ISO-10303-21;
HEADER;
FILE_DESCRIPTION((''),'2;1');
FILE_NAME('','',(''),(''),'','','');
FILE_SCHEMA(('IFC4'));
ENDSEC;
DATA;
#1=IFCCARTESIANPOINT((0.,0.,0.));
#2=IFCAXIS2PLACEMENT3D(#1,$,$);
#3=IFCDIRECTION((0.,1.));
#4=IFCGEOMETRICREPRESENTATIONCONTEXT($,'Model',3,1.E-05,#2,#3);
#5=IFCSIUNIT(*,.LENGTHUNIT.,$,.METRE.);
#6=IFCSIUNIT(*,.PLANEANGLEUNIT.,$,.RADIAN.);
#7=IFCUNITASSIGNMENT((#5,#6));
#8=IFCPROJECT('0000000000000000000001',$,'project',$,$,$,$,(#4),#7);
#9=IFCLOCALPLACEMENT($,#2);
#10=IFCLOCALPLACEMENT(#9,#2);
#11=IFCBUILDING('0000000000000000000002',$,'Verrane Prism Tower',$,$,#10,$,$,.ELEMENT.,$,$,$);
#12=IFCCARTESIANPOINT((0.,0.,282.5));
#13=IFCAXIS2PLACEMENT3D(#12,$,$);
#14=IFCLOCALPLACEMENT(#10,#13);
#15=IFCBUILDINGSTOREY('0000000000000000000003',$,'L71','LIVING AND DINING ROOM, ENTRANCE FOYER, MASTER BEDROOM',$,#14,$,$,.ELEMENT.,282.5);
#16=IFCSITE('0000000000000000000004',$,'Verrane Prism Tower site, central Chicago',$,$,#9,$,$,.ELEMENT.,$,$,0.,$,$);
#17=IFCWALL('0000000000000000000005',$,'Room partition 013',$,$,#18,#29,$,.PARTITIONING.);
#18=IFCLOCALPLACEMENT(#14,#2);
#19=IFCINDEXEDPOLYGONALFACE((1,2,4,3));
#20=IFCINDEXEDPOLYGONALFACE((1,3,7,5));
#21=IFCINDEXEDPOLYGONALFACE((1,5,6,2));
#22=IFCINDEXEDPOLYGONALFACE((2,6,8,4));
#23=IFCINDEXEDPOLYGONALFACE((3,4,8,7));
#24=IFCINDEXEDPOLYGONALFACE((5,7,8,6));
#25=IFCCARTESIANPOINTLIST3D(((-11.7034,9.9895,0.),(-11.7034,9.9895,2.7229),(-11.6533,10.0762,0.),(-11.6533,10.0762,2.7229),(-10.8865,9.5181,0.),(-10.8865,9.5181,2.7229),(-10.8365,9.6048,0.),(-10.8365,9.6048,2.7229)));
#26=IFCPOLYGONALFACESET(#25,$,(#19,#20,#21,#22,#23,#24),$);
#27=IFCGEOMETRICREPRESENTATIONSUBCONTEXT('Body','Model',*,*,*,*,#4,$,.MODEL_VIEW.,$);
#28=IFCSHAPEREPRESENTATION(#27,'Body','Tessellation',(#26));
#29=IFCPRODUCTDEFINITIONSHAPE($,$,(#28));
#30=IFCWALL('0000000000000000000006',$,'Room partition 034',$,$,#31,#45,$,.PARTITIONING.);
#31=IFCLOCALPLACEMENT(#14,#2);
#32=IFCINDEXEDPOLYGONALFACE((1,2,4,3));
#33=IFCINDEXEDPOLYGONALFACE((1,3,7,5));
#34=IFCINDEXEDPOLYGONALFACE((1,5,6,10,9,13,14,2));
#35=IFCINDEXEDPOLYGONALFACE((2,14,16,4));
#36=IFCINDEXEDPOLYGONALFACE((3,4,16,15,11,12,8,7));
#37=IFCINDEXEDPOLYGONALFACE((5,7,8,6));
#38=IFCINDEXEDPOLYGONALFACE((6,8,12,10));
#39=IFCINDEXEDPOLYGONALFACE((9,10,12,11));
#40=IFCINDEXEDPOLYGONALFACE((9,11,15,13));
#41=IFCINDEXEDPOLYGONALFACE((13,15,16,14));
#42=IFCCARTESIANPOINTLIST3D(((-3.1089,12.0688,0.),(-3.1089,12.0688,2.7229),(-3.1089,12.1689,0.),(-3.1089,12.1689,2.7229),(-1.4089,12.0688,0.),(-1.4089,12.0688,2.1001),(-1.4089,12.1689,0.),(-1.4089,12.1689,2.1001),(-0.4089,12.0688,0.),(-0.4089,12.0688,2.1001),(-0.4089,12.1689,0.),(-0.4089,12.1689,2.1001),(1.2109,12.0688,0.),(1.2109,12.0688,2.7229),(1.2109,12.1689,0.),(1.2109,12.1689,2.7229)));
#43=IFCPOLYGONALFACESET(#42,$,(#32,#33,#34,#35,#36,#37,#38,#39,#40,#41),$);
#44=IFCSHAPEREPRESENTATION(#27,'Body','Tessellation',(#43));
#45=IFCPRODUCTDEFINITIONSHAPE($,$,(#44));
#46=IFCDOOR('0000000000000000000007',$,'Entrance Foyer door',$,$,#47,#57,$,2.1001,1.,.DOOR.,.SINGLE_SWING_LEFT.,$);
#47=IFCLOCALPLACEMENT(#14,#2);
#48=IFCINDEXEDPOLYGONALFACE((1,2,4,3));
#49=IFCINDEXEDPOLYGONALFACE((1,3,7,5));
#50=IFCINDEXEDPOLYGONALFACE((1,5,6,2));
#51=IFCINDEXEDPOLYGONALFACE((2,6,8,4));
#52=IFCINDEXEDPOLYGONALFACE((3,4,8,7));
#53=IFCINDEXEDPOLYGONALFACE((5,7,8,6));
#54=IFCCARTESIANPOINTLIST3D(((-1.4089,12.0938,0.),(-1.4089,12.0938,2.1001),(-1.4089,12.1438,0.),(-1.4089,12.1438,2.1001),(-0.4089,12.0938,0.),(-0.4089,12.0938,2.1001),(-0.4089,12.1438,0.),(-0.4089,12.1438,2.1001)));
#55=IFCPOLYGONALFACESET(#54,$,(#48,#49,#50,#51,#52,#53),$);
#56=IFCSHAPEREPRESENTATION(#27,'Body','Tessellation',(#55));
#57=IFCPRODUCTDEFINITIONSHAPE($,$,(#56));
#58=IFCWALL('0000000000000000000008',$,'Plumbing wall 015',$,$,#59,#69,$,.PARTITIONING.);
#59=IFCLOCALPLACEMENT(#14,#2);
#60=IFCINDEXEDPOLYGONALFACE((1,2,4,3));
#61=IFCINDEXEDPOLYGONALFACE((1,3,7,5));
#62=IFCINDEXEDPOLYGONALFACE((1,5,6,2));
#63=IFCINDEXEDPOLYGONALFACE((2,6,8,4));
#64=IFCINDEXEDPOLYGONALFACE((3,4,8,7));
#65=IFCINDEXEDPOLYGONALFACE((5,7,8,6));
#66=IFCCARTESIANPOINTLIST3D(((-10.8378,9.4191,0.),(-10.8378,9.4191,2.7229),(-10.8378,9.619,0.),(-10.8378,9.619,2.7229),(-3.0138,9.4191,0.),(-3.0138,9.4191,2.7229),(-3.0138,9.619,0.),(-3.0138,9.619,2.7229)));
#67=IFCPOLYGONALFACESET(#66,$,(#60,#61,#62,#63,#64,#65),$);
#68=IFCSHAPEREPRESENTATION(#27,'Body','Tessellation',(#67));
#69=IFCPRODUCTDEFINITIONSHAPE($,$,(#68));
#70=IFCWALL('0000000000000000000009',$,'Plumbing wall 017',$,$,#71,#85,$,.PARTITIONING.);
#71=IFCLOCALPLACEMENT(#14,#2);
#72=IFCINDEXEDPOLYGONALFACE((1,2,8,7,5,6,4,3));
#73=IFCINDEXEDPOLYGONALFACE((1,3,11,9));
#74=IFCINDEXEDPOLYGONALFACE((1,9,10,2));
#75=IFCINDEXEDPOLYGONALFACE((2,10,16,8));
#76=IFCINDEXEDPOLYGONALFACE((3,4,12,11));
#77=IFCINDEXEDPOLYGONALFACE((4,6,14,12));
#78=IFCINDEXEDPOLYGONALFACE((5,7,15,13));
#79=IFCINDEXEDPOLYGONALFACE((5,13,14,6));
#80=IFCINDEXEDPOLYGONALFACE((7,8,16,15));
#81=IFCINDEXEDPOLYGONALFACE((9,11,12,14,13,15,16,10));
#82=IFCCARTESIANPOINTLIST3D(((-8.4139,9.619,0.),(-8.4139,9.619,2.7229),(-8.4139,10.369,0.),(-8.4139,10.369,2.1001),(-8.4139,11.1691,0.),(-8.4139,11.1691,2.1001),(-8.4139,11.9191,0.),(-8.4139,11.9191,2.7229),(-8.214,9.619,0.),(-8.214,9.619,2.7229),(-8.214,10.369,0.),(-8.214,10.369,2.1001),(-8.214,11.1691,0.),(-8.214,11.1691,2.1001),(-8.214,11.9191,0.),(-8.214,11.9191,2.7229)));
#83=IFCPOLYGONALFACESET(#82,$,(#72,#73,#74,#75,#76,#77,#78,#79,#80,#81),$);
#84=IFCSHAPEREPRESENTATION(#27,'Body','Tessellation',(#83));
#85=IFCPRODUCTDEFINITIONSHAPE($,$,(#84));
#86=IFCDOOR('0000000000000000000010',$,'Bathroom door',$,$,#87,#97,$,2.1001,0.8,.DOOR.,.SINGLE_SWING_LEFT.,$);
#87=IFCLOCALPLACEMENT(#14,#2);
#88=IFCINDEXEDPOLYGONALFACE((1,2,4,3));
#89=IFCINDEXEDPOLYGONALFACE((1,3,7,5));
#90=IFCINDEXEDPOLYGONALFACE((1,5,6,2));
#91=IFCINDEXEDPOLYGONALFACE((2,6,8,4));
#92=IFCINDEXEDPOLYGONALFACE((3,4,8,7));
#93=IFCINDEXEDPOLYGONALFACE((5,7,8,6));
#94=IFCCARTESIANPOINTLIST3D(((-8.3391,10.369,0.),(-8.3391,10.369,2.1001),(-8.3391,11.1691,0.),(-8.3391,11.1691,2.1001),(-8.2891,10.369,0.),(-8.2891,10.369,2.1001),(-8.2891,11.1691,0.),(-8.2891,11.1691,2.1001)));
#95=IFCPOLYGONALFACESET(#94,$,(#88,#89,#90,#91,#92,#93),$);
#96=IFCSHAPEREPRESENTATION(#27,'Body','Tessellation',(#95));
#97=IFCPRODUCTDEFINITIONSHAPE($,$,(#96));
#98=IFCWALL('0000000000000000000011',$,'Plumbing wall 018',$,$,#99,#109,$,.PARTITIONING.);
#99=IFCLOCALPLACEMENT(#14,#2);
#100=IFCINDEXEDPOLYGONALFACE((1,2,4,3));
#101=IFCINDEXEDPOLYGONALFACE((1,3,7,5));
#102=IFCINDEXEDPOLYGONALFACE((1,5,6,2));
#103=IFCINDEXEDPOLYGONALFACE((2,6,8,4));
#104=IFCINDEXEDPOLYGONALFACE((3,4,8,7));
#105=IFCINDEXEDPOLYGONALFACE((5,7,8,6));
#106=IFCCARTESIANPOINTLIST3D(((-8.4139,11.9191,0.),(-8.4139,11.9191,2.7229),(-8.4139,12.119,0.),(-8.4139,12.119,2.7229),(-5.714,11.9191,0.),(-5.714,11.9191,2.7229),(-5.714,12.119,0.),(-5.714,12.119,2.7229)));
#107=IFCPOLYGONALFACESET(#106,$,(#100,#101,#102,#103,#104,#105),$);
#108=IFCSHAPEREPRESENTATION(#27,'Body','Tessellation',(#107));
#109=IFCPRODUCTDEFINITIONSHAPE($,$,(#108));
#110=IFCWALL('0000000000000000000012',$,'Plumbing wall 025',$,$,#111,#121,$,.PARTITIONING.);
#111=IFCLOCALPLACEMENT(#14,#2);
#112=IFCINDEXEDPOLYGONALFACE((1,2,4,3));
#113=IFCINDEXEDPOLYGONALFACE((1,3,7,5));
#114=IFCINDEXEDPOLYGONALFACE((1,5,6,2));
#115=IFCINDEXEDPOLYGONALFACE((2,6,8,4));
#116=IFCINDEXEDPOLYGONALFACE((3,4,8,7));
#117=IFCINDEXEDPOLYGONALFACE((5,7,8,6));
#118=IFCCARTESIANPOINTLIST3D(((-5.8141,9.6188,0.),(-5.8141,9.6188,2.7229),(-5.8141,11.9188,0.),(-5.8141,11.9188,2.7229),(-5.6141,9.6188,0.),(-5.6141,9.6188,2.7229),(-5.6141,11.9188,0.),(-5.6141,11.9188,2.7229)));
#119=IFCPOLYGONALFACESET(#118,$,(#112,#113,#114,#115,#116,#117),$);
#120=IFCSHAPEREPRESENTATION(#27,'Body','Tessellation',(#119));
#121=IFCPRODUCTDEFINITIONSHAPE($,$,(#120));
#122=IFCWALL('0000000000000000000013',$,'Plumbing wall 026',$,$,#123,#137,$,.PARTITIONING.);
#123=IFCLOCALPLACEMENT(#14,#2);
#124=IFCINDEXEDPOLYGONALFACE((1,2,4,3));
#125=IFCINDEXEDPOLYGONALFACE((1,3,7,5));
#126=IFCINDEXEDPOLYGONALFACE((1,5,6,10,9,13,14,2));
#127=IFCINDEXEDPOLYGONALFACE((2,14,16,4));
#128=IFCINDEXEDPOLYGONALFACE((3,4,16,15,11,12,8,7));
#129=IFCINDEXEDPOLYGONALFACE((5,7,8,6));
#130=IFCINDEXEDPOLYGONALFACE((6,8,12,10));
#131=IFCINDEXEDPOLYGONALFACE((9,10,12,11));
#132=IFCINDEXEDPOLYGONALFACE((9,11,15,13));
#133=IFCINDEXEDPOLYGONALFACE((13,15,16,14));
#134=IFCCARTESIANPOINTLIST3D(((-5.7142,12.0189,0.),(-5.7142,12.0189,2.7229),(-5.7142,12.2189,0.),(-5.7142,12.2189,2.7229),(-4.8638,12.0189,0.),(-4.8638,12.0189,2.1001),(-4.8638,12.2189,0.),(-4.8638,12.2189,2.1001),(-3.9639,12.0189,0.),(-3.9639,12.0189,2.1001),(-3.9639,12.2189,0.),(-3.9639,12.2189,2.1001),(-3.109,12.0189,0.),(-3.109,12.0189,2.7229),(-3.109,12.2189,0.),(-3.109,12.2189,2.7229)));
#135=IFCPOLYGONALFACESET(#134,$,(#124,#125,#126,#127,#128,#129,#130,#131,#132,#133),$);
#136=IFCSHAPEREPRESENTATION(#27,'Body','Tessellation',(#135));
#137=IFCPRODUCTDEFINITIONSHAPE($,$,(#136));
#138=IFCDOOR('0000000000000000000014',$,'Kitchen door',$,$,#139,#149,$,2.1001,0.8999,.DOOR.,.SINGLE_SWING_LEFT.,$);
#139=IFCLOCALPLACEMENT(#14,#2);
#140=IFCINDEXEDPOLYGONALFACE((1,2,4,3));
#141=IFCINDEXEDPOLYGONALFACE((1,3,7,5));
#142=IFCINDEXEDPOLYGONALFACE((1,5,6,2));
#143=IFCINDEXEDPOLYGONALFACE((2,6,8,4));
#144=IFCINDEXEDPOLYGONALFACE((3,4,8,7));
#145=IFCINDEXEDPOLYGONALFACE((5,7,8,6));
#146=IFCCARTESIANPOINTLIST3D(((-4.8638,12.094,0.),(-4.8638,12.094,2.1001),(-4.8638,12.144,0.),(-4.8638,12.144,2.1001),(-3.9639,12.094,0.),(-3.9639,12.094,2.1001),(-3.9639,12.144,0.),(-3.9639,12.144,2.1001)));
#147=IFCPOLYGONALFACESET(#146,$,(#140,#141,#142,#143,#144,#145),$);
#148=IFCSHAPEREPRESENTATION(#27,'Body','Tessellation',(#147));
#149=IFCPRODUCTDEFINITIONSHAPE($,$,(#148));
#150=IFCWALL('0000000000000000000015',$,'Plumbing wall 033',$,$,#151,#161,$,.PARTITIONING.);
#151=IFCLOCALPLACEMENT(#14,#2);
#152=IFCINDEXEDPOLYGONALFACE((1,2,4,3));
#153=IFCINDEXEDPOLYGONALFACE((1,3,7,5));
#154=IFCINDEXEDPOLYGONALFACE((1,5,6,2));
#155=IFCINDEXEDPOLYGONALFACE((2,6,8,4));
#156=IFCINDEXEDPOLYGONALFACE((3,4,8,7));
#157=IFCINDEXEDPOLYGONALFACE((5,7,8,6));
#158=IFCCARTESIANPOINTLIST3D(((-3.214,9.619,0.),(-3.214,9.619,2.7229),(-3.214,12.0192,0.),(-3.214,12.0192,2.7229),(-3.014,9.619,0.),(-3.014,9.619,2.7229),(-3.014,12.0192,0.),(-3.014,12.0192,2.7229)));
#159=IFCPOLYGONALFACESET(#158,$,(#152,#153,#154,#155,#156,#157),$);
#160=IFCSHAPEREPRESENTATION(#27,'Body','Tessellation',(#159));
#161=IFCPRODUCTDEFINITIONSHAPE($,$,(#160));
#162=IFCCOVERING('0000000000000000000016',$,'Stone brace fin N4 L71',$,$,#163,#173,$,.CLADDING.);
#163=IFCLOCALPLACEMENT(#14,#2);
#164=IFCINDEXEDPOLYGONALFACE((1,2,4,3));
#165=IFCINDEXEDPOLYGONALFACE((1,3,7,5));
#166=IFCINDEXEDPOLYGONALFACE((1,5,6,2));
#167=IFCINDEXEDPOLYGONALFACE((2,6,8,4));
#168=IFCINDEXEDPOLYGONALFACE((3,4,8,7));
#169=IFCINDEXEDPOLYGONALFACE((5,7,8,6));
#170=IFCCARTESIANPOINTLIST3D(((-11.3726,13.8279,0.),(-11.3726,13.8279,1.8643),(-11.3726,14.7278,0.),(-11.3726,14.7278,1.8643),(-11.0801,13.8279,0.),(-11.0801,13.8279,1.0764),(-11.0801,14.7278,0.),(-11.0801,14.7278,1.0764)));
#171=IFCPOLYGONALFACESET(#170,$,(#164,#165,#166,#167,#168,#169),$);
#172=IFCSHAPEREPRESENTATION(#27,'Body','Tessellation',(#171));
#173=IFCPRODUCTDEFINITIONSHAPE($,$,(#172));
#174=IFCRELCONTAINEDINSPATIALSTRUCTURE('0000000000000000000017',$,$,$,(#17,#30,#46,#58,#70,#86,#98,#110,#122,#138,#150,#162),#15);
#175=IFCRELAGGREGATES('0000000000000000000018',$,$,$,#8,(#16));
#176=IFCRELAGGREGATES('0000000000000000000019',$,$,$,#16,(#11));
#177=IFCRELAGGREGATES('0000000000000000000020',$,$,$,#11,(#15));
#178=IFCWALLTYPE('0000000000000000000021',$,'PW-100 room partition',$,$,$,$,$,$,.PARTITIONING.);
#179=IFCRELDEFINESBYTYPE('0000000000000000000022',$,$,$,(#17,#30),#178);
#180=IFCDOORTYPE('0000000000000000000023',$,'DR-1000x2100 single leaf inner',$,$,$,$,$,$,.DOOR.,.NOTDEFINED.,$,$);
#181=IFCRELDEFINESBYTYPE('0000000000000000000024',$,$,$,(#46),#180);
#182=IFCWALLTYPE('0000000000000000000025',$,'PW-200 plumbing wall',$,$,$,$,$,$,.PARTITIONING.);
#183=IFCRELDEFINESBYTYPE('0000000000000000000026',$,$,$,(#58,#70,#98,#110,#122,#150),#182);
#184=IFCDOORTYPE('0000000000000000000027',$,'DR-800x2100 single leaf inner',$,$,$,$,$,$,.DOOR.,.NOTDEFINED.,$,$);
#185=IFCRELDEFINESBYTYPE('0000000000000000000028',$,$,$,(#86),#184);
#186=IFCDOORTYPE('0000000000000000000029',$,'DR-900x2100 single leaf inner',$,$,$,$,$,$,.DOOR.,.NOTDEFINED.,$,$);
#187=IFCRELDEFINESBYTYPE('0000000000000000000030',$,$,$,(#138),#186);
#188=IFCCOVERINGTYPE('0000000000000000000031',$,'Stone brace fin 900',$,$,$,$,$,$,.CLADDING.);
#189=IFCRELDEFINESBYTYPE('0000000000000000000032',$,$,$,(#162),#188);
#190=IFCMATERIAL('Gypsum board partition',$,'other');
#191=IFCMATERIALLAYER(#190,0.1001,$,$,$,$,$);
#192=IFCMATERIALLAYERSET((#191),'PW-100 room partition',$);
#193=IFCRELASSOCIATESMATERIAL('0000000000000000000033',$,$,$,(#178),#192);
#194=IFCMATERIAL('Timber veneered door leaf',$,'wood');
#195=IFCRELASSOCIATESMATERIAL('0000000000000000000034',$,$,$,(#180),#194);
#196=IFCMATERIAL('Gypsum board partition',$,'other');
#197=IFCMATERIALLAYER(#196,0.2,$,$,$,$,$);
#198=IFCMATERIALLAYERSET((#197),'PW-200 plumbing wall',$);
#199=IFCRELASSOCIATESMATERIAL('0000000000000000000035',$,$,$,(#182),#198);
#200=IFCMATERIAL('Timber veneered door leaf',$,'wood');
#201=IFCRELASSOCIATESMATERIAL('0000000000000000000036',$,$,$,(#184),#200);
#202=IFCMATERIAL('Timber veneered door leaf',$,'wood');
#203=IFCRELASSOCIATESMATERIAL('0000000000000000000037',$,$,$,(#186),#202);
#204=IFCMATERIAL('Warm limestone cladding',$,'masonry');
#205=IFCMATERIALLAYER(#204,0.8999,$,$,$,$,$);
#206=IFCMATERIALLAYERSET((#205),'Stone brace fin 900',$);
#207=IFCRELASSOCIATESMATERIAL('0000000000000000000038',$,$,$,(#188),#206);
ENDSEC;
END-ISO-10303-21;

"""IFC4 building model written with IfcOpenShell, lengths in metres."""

from ifc_helpers import new_model, si_unit, direction, frame, frame_2d, origin, place, context, subcontext, project, spatial, polyline, rectangle, outline, extrude, material, layer, layer_set, type_object, element, fill, save


model = new_model("IFC4")

# Units and contexts
model_context = context("Model", 3, precision=1e-05, world=origin(), true_north=direction((0.0, 1.0)))
body_context = subcontext(model_context, "Body", "Model", "MODEL_VIEW")
ifc_project = project(units=[si_unit("LENGTHUNIT", "METRE"), si_unit("PLANEANGLEUNIT", "RADIAN")], contexts=[model_context])

# Site, building, storey
site_placement = place(None, origin())
site = spatial("IfcSite", under=ifc_project, at=site_placement, Name="Verrane Prism Tower site, central Chicago", CompositionType="ELEMENT", RefElevation=0.0)
building_placement = place(site_placement, origin())
building = spatial("IfcBuilding", under=site, at=building_placement, Name="Verrane Prism Tower", CompositionType="ELEMENT")
storey_placement = place(building_placement, frame((0.0, 0.0, 282.5)))
storey = spatial("IfcBuildingStorey", under=building, at=storey_placement, Name="L71", Description="LIVING AND DINING ROOM, ENTRANCE FOYER, MASTER BEDROOM", CompositionType="ELEMENT", Elevation=282.5)

# Wall
ifc_material_1 = material(Name="Gypsum board partition", Category="other")
ifc_layer_1 = layer(ifc_material_1, 0.1001)
ifc_layer_set_1 = layer_set([ifc_layer_1], Name="PW-100 room partition")
wall_type_1 = type_object("IfcWallType", Name="PW-100 room partition", PredefinedType="PARTITIONING", material=ifc_layer_set_1)
wall_1_placement = place(storey_placement, frame((-11.6785, 10.033, 0.0), z_axis=(0.0, 0.0, 1.0), x_axis=(0.866117, -0.499842, 0.0)))
element("IfcWall", 1, at=wall_1_placement, inside=storey, type_object=wall_type_1, Name="Room partition 013", PredefinedType="PARTITIONING", context=body_context, shape_type="SweptSolid", body=[
    extrude(rectangle(XDim=0.9431, YDim=0.1001, at=frame_2d((0.4717, 0.0))), origin(), (0.0, 0.0, 1.0), 2.7229),
])

# Wall, opening, door
wall_2_placement = place(storey_placement, frame((-3.1089, 12.1189, 0.0), z_axis=(0.0, 0.0, 1.0), x_axis=(1.0, 0.0, 0.0)))
wall_2 = element("IfcWall", 2, at=wall_2_placement, inside=storey, type_object=wall_type_1, Name="Room partition 034", PredefinedType="PARTITIONING", context=body_context, shape_type="SweptSolid", body=[
    extrude(rectangle(XDim=4.3198, YDim=0.1001, at=frame_2d((2.1599, 0.0))), origin(), (0.0, 0.0, 1.0), 2.7229),
])
opening_1_placement = place(wall_2_placement, frame((1.7, 0.0, 0.0)))
opening_1 = element("IfcOpeningElement", 3, at=opening_1_placement, cuts=wall_2, PredefinedType="OPENING", context=body_context, shape_type="SweptSolid", body=[
    extrude(rectangle(XDim=1.0, YDim=2.1001, at=frame_2d((0.5, 1.05))), frame((0.0, 0.0601, 0.0), z_axis=(0.0, -1.0, 0.0), x_axis=(1.0, 0.0, 0.0)), (0.0, 0.0, 1.0), 0.1201),
])
ifc_material_2 = material(Name="Timber veneered door leaf", Category="wood")
door_type_1 = type_object("IfcDoorType", Name="DR-1000x2100 single leaf inner", OperationType="NOTDEFINED", PredefinedType="DOOR", material=ifc_material_2)
door_1_placement = place(opening_1_placement, origin())
door_1 = element("IfcDoor", 4, at=door_1_placement, inside=storey, type_object=door_type_1, Name="Entrance Foyer door", OperationType="SINGLE_SWING_LEFT", OverallHeight=2.1001, OverallWidth=1.0, PredefinedType="DOOR", context=body_context, shape_type="SweptSolid", body=[
    extrude(rectangle(XDim=1.0, YDim=2.1001, at=frame_2d((0.5, 1.05))), frame((0.0, 0.0249, 0.0), z_axis=(0.0, -1.0, 0.0), x_axis=(1.0, 0.0, 0.0)), (0.0, 0.0, 1.0), 0.05),
])
fill(opening_1, door_1)

# Wall
ifc_material_3 = material(Name="Gypsum board partition", Category="other")
ifc_layer_2 = layer(ifc_material_3, 0.2)
ifc_layer_set_2 = layer_set([ifc_layer_2], Name="PW-200 plumbing wall")
wall_type_2 = type_object("IfcWallType", Name="PW-200 plumbing wall", PredefinedType="PARTITIONING", material=ifc_layer_set_2)
wall_3_placement = place(storey_placement, frame((-10.8379, 9.519, 0.0), z_axis=(0.0, 0.0, 1.0), x_axis=(1.0, 0.0, 0.0)))
element("IfcWall", 5, at=wall_3_placement, inside=storey, type_object=wall_type_2, Name="Plumbing wall 015", PredefinedType="PARTITIONING", context=body_context, shape_type="SweptSolid", body=[
    extrude(rectangle(XDim=7.824, YDim=0.2, at=frame_2d((3.9121, 0.0))), origin(), (0.0, 0.0, 1.0), 2.7229),
])

# Wall, opening, door
wall_4_placement = place(storey_placement, frame((-8.314, 11.9189, 0.0), z_axis=(0.0, 0.0, 1.0), x_axis=(0.0, -1.0, 0.0)))
wall_4 = element("IfcWall", 6, at=wall_4_placement, inside=storey, type_object=wall_type_2, Name="Plumbing wall 017", PredefinedType="PARTITIONING", context=body_context, shape_type="SweptSolid", body=[
    extrude(rectangle(XDim=2.3, YDim=0.2, at=frame_2d((1.1499, 0.0))), origin(), (0.0, 0.0, 1.0), 2.7229),
])
opening_2_placement = place(wall_4_placement, frame((0.75, 0.0, 0.0)))
opening_2 = element("IfcOpeningElement", 7, at=opening_2_placement, cuts=wall_4, PredefinedType="OPENING", context=body_context, shape_type="SweptSolid", body=[
    extrude(rectangle(XDim=0.8, YDim=2.1001, at=frame_2d((0.3999, 1.05))), frame((0.0, 0.1099, 0.0), z_axis=(0.0, -1.0, 0.0), x_axis=(1.0, 0.0, 0.0)), (0.0, 0.0, 1.0), 0.22),
])
ifc_material_4 = material(Name="Timber veneered door leaf", Category="wood")
door_type_2 = type_object("IfcDoorType", Name="DR-800x2100 single leaf inner", OperationType="NOTDEFINED", PredefinedType="DOOR", material=ifc_material_4)
door_2_placement = place(opening_2_placement, origin())
door_2 = element("IfcDoor", 8, at=door_2_placement, inside=storey, type_object=door_type_2, Name="Bathroom door", OperationType="SINGLE_SWING_LEFT", OverallHeight=2.1001, OverallWidth=0.8, PredefinedType="DOOR", context=body_context, shape_type="SweptSolid", body=[
    extrude(rectangle(XDim=0.8, YDim=2.1001, at=frame_2d((0.3999, 1.05))), frame((0.0, 0.0249, 0.0), z_axis=(0.0, -1.0, 0.0), x_axis=(1.0, 0.0, 0.0)), (0.0, 0.0, 1.0), 0.05),
])
fill(opening_2, door_2)

# Walls
wall_5_placement = place(storey_placement, frame((-8.4141, 12.019, 0.0), z_axis=(0.0, 0.0, 1.0), x_axis=(1.0, 0.0, 0.0)))
element("IfcWall", 9, at=wall_5_placement, inside=storey, type_object=wall_type_2, Name="Plumbing wall 018", PredefinedType="PARTITIONING", context=body_context, shape_type="SweptSolid", body=[
    extrude(rectangle(XDim=2.7, YDim=0.2, at=frame_2d((1.3501, 0.0))), origin(), (0.0, 0.0, 1.0), 2.7229),
])
wall_6_placement = place(storey_placement, frame((-5.7141, 9.6189, 0.0), z_axis=(0.0, 0.0, 1.0), x_axis=(0.0, 1.0, 0.0)))
element("IfcWall", 10, at=wall_6_placement, inside=storey, type_object=wall_type_2, Name="Plumbing wall 025", PredefinedType="PARTITIONING", context=body_context, shape_type="SweptSolid", body=[
    extrude(rectangle(XDim=2.3, YDim=0.2, at=frame_2d((1.1499, 0.0))), origin(), (0.0, 0.0, 1.0), 2.7229),
])

# Wall, opening, door
wall_7_placement = place(storey_placement, frame((-3.1089, 12.1189, 0.0), z_axis=(0.0, 0.0, 1.0), x_axis=(-1.0, 0.0, 0.0)))
wall_7 = element("IfcWall", 11, at=wall_7_placement, inside=storey, type_object=wall_type_2, Name="Plumbing wall 026", PredefinedType="PARTITIONING", context=body_context, shape_type="SweptSolid", body=[
    extrude(rectangle(XDim=2.6052, YDim=0.2, at=frame_2d((1.3027, 0.0))), origin(), (0.0, 0.0, 1.0), 2.7229),
])
opening_3_placement = place(wall_7_placement, frame((0.855, 0.0, 0.0)))
opening_3 = element("IfcOpeningElement", 12, at=opening_3_placement, cuts=wall_7, PredefinedType="OPENING", context=body_context, shape_type="SweptSolid", body=[
    extrude(rectangle(XDim=0.8999, YDim=2.1001, at=frame_2d((0.45, 1.05))), frame((0.0, 0.1099, 0.0), z_axis=(0.0, -1.0, 0.0), x_axis=(1.0, 0.0, 0.0)), (0.0, 0.0, 1.0), 0.22),
])
ifc_material_5 = material(Name="Timber veneered door leaf", Category="wood")
door_type_3 = type_object("IfcDoorType", Name="DR-900x2100 single leaf inner", OperationType="NOTDEFINED", PredefinedType="DOOR", material=ifc_material_5)
door_3_placement = place(opening_3_placement, origin())
door_3 = element("IfcDoor", 13, at=door_3_placement, inside=storey, type_object=door_type_3, Name="Kitchen door", OperationType="SINGLE_SWING_LEFT", OverallHeight=2.1001, OverallWidth=0.8999, PredefinedType="DOOR", context=body_context, shape_type="SweptSolid", body=[
    extrude(rectangle(XDim=0.8999, YDim=2.1001, at=frame_2d((0.45, 1.05))), frame((0.0, 0.0249, 0.0), z_axis=(0.0, -1.0, 0.0), x_axis=(1.0, 0.0, 0.0)), (0.0, 0.0, 1.0), 0.05),
])
fill(opening_3, door_3)

# Wall
wall_8_placement = place(storey_placement, frame((-3.114, 9.6189, 0.0), z_axis=(0.0, 0.0, 1.0), x_axis=(0.0, 1.0, 0.0)))
element("IfcWall", 14, at=wall_8_placement, inside=storey, type_object=wall_type_2, Name="Plumbing wall 033", PredefinedType="PARTITIONING", context=body_context, shape_type="SweptSolid", body=[
    extrude(rectangle(XDim=2.4001, YDim=0.2, at=frame_2d((1.2002, 0.0))), origin(), (0.0, 0.0, 1.0), 2.7229),
])

# Covering
ifc_material_6 = material(Name="Warm limestone cladding", Category="masonry")
ifc_layer_3 = layer(ifc_material_6, 0.8999)
ifc_layer_set_3 = layer_set([ifc_layer_3], Name="Stone brace fin 900")
covering_type = type_object("IfcCoveringType", Name="Stone brace fin 900", PredefinedType="CLADDING", material=ifc_layer_set_3)
covering_placement = place(storey_placement, frame((-11.0801, 14.2778, 0.0), z_axis=(0.0, 0.0, 1.0), x_axis=(-1.0, 0.0, 0.0)))
element("IfcCovering", 15, at=covering_placement, inside=storey, type_object=covering_type, Name="Stone brace fin N4 L71", PredefinedType="CLADDING", context=body_context, shape_type="SweptSolid", body=[
    extrude(outline(polyline([(0.0, 0.0), (0.2925, 0.0), (0.2925, 1.8643), (0.0, 1.0764), (0.0, 0.0)])), frame((0.0, 0.45, 0.0), z_axis=(0.0, -1.0, 0.0), x_axis=(1.0, 0.0, 0.0)), (0.0, 0.0, 1.0), 0.8999),
])

save(model, "model.ifc")
